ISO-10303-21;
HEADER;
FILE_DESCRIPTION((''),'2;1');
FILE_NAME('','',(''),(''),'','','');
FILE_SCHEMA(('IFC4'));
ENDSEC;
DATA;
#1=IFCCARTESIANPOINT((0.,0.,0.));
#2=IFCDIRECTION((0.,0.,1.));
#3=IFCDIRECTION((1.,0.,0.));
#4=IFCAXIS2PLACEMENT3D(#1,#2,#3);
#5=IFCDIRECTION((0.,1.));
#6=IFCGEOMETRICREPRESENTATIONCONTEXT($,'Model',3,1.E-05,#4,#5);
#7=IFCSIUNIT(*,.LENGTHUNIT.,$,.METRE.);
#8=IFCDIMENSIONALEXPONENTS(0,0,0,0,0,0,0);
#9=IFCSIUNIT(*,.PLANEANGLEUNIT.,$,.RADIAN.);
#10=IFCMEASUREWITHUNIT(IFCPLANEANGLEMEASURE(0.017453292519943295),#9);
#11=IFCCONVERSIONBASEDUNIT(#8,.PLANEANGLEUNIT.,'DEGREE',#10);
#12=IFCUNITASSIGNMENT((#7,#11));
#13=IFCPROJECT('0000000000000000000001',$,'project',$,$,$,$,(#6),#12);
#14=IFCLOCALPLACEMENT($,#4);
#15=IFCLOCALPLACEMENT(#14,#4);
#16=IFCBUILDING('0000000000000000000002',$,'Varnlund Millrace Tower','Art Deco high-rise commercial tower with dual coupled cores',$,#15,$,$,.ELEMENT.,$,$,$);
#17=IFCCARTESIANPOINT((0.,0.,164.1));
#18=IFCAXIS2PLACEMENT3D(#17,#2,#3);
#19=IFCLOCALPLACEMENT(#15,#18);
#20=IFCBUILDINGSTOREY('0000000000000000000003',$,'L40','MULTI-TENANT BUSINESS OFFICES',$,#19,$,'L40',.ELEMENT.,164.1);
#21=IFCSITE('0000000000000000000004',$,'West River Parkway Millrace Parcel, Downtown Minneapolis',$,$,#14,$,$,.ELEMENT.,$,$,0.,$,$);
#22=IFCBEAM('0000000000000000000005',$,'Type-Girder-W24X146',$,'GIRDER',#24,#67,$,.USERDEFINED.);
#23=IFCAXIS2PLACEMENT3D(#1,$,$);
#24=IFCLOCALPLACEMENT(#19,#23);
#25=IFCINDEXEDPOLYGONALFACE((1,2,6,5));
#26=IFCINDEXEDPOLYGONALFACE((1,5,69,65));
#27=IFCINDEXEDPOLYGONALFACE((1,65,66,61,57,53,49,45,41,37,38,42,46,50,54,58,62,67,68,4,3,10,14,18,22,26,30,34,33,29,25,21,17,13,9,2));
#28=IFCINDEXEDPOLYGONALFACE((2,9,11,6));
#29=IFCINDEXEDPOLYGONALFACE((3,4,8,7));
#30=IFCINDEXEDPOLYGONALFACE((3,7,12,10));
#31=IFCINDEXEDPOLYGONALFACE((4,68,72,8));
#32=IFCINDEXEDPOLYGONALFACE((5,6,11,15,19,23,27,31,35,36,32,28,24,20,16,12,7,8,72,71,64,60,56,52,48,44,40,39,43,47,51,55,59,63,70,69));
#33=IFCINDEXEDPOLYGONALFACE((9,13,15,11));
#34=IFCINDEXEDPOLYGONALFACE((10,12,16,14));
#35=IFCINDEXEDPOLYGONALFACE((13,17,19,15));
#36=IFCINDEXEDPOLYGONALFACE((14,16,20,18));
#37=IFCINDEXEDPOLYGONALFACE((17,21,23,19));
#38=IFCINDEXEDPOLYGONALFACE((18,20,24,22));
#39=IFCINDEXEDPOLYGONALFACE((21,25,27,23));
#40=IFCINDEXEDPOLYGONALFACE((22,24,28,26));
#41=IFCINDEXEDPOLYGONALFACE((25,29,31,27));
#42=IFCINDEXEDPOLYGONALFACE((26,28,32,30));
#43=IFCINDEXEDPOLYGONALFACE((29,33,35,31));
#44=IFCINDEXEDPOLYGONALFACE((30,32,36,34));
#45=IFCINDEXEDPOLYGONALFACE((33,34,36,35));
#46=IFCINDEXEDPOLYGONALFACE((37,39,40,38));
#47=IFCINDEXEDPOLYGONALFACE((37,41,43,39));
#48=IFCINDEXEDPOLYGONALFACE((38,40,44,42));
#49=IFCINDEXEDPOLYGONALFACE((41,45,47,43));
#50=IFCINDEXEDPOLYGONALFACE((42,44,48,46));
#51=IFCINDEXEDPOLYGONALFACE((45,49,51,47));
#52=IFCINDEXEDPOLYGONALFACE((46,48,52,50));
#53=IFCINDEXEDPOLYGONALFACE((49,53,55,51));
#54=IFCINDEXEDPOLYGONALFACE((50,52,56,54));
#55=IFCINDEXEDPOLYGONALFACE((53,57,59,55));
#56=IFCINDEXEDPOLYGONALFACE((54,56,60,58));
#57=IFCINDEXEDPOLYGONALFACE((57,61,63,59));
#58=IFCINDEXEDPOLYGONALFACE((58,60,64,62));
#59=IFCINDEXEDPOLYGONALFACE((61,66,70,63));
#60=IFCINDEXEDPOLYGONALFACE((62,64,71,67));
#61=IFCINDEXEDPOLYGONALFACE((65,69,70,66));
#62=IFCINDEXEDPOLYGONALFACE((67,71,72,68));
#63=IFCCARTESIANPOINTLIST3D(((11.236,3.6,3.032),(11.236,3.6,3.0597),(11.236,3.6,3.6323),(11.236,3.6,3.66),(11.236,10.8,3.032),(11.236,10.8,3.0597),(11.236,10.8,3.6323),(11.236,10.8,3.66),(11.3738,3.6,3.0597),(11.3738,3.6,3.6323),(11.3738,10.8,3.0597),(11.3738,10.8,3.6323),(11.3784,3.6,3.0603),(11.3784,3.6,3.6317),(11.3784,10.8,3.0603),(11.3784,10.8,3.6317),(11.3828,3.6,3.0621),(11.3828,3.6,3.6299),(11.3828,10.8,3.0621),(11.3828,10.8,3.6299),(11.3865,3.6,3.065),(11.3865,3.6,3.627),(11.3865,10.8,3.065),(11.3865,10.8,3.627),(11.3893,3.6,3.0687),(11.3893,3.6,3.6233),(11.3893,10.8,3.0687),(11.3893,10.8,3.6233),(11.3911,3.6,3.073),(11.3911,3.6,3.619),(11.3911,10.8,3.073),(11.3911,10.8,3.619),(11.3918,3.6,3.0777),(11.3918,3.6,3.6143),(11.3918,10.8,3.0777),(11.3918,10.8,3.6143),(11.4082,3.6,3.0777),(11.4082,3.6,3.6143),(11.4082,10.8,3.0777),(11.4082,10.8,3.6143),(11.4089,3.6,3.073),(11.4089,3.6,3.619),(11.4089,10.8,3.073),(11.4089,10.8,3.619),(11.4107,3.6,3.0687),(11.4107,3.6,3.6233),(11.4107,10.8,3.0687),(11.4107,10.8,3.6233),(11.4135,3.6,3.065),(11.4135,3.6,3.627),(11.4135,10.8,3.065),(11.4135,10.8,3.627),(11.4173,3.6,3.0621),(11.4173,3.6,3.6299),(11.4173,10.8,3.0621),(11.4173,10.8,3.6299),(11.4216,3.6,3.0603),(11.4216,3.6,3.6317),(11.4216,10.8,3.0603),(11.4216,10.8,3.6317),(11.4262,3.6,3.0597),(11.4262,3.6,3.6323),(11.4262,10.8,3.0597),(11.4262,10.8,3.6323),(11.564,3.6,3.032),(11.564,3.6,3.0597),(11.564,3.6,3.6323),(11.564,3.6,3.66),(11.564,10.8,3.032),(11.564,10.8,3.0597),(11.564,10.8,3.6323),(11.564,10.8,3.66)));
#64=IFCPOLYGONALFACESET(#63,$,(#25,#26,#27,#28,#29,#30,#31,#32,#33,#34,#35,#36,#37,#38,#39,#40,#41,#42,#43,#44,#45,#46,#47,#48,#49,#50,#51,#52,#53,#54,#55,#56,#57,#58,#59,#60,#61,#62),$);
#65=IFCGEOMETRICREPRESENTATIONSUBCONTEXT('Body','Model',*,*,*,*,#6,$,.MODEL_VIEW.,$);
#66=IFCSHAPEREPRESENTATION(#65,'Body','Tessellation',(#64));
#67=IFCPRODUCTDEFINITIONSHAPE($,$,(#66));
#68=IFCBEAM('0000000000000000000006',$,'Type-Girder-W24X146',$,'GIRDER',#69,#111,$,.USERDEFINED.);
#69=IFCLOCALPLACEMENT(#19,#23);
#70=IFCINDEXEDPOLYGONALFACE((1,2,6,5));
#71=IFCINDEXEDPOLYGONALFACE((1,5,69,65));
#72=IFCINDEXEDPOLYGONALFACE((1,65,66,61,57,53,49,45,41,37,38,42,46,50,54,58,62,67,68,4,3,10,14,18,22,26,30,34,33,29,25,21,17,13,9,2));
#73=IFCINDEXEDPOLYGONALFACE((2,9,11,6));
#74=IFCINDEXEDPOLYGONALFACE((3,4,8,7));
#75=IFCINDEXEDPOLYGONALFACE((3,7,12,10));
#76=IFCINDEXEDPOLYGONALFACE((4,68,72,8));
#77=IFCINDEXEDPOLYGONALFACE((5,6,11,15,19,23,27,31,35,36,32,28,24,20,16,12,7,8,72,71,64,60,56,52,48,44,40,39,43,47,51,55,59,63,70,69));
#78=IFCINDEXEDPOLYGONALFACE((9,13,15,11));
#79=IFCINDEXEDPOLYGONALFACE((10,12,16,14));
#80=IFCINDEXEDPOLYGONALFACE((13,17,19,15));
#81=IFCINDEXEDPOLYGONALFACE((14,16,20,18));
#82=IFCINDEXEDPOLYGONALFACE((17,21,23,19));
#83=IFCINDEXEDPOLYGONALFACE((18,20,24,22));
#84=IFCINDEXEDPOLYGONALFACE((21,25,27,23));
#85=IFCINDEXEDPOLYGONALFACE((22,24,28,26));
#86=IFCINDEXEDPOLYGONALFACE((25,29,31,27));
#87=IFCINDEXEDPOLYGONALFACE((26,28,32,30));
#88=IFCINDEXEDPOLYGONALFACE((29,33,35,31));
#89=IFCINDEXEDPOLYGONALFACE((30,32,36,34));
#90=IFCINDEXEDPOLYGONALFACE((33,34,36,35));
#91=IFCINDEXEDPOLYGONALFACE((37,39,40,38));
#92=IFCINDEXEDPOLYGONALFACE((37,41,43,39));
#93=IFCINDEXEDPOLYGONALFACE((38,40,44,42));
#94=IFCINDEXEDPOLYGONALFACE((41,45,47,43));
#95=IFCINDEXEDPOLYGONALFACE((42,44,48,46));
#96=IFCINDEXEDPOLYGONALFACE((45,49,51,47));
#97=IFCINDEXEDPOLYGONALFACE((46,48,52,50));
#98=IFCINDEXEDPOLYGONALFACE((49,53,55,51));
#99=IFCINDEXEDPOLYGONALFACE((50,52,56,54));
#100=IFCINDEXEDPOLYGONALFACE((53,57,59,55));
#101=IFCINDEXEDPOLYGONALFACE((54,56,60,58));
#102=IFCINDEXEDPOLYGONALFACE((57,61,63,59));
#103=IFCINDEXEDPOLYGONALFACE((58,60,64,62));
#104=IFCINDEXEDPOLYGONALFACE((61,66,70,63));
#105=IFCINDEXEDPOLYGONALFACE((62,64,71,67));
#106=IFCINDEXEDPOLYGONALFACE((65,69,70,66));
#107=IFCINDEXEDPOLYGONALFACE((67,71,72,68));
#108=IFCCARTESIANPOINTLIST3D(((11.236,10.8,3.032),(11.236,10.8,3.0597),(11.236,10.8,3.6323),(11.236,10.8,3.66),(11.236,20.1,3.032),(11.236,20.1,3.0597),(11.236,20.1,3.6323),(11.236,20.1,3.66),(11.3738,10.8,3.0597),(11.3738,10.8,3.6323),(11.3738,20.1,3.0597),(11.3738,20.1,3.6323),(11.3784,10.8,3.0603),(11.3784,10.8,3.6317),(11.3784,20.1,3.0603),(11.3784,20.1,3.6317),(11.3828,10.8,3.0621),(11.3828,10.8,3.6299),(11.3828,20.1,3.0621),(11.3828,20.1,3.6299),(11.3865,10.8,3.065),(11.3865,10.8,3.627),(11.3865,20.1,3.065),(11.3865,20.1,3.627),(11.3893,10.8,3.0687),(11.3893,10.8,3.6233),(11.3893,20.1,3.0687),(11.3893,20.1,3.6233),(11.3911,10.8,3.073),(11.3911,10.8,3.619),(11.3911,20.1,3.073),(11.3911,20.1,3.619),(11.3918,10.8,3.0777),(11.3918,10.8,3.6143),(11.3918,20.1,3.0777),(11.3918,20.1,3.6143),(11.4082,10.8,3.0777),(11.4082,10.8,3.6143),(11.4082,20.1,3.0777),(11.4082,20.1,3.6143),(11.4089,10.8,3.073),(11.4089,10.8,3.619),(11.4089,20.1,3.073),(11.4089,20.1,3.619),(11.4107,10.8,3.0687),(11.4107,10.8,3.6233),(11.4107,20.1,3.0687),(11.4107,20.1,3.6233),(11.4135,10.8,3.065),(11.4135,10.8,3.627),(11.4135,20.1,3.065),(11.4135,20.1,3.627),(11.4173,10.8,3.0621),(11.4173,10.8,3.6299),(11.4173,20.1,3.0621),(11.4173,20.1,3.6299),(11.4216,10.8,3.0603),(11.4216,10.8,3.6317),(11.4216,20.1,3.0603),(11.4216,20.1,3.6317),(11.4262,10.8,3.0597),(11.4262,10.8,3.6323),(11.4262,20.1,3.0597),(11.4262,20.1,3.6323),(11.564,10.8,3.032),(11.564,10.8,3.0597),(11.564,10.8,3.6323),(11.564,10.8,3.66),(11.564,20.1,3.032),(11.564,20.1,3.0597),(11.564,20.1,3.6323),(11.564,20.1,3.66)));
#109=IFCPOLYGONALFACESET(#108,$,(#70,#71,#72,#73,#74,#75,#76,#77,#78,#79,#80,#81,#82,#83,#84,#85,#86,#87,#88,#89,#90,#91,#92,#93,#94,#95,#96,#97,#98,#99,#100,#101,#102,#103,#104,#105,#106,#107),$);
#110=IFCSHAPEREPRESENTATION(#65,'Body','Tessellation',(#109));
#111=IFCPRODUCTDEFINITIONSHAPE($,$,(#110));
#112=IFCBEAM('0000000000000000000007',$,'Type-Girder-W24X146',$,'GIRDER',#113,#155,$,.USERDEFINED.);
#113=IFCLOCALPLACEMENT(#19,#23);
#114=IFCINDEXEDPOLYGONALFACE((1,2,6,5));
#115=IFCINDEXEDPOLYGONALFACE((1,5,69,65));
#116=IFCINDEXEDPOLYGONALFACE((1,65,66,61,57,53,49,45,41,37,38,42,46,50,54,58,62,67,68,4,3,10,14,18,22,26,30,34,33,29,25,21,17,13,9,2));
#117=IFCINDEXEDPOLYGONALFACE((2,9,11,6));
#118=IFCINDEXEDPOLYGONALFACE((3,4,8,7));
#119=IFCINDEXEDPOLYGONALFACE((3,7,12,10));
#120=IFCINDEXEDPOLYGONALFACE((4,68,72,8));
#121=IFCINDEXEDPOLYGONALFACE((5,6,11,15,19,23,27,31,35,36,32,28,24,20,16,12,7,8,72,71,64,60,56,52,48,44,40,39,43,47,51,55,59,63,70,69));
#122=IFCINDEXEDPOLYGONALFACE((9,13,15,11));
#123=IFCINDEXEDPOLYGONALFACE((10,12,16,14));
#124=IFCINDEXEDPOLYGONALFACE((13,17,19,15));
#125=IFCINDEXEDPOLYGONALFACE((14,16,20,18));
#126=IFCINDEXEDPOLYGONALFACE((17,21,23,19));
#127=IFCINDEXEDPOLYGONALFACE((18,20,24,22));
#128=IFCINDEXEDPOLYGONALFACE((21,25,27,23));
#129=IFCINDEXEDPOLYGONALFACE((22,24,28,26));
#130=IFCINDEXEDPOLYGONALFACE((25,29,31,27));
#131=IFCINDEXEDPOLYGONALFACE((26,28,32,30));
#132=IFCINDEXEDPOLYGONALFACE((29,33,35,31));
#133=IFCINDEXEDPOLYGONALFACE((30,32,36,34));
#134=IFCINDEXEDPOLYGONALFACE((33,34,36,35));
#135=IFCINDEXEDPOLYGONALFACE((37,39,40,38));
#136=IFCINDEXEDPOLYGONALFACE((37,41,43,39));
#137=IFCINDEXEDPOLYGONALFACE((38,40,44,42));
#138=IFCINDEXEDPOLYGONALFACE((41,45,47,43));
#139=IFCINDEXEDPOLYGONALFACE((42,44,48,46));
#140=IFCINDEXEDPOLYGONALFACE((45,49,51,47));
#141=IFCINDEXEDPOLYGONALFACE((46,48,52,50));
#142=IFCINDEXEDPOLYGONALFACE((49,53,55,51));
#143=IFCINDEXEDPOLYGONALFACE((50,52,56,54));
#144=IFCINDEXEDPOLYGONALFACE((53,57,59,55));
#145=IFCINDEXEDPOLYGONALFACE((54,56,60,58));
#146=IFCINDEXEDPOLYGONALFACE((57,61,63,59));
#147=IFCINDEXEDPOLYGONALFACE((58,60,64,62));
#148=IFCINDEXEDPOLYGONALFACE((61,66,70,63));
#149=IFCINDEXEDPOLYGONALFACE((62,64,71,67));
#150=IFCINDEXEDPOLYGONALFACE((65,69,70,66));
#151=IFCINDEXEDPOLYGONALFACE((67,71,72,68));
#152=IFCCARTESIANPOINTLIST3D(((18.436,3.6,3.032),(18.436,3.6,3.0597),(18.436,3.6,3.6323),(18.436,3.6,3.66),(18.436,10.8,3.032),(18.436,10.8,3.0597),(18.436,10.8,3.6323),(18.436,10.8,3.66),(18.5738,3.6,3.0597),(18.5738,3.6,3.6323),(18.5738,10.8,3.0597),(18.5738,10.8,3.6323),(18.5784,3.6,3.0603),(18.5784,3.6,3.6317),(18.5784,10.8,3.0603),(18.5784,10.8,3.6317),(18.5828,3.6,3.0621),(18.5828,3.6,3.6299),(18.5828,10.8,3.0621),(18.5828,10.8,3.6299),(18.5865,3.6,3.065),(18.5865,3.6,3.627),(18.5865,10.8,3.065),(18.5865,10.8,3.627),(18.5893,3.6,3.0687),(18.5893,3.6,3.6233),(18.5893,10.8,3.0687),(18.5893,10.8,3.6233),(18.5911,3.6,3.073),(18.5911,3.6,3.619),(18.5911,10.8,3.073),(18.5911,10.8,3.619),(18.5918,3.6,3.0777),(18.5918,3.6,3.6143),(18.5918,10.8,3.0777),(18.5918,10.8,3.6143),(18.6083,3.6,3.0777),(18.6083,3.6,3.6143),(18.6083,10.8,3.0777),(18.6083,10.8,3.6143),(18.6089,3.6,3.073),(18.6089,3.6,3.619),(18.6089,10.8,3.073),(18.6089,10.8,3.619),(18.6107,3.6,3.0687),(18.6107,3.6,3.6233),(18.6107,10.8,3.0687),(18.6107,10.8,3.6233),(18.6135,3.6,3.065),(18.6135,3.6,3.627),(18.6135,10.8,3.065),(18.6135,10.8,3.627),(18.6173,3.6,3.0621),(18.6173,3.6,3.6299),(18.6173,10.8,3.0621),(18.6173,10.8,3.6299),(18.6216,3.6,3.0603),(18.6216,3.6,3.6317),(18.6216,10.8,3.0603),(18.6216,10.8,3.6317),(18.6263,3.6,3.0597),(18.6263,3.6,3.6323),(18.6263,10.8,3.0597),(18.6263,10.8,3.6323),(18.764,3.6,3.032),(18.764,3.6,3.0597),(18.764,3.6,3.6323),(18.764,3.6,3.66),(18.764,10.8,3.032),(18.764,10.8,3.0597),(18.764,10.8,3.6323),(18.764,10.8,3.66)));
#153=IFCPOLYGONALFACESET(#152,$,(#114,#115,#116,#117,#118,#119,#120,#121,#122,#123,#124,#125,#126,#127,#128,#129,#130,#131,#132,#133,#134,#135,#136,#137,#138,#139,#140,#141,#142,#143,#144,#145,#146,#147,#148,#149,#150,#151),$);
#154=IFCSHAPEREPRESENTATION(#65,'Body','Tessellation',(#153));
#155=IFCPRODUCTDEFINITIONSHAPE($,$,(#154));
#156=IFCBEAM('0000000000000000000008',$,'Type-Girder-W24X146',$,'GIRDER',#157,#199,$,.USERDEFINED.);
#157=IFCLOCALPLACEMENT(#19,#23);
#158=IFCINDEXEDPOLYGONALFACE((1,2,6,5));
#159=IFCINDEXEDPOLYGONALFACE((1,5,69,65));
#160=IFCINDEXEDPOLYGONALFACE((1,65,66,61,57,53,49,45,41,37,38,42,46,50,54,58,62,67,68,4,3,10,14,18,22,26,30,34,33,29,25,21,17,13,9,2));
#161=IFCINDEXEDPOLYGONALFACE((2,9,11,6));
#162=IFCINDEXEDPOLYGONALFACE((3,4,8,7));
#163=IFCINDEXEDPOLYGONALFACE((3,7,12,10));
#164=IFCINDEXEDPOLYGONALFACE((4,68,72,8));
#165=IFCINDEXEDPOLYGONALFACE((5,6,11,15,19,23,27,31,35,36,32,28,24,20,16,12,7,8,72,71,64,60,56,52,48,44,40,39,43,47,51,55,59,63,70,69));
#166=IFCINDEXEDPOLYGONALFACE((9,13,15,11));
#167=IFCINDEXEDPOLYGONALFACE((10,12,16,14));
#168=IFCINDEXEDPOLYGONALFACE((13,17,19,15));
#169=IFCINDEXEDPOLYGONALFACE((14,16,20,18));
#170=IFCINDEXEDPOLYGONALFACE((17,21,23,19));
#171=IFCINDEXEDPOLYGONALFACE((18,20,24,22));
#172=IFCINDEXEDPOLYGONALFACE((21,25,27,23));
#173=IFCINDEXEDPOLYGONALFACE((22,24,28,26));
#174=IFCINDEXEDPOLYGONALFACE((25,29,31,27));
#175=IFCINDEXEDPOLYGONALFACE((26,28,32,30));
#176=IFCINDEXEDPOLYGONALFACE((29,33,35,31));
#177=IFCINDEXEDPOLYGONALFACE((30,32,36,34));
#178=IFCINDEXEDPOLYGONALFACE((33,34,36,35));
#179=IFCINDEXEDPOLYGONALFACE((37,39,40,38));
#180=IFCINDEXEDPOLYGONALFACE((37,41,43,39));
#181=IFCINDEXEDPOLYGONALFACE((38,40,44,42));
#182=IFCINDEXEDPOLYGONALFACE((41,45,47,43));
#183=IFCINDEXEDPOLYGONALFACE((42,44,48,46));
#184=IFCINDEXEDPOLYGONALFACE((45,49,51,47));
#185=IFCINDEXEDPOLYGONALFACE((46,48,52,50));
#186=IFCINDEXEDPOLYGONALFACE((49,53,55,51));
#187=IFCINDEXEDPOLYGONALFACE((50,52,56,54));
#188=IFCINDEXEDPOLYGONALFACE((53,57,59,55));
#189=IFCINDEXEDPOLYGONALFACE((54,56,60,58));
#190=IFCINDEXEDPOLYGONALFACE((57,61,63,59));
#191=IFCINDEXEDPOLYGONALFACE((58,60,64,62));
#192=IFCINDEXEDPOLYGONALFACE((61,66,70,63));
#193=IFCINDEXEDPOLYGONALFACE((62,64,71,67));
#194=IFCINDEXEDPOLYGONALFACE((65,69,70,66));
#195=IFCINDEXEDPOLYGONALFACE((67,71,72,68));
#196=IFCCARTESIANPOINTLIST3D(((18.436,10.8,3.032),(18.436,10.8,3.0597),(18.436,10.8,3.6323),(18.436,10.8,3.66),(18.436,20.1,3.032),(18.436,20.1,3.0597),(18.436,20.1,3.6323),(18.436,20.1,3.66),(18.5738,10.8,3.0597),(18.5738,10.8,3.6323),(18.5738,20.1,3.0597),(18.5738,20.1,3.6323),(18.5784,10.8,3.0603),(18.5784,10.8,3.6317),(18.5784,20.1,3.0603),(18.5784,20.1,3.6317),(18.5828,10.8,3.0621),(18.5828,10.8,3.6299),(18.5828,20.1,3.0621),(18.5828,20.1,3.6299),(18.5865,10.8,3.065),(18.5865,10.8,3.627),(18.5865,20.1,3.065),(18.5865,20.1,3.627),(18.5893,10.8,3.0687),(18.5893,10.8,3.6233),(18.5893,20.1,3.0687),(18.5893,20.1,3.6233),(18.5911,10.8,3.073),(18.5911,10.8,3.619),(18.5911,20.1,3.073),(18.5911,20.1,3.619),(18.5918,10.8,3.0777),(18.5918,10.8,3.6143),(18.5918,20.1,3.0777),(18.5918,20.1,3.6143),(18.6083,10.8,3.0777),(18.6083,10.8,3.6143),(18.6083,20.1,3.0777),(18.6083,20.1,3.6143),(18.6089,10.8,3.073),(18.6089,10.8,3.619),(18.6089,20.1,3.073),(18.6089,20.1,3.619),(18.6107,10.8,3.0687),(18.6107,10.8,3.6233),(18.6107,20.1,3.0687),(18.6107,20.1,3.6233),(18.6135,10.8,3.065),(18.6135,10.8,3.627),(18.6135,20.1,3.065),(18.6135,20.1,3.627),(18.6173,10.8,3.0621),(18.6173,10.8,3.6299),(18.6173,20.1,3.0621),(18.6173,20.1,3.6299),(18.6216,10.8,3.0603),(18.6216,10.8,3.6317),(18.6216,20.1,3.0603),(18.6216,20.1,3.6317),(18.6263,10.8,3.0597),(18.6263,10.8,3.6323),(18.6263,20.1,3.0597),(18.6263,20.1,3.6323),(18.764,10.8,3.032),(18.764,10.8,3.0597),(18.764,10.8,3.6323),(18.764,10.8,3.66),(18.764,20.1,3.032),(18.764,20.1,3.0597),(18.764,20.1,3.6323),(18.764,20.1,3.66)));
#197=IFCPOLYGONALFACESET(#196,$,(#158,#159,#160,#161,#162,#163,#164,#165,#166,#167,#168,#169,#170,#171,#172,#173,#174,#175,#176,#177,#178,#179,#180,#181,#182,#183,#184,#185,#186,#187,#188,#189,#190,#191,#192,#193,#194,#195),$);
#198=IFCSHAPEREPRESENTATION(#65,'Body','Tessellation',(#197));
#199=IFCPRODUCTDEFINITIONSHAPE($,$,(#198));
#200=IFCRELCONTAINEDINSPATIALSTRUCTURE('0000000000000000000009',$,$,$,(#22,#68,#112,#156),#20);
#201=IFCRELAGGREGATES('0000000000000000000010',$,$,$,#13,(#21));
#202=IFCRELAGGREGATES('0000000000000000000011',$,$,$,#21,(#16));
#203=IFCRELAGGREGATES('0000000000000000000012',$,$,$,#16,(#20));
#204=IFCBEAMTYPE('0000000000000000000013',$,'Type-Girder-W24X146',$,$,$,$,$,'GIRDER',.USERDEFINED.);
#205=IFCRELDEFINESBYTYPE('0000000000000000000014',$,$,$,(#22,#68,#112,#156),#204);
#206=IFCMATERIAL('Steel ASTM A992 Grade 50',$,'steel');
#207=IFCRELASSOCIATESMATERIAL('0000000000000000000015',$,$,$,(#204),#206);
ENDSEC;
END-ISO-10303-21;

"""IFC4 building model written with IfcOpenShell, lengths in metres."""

from ifc_helpers import new_model, entity, si_unit, converted_unit, direction, frame, origin_with_axes, origin_2d_with_axis, place, context, subcontext, project, spatial, i_section, extrude, material, material_profile, profile_set, type_object, element, save


model = new_model("IFC4")

# Units and contexts
model_context = context("Model", 3, precision=1e-05, world=origin_with_axes(), true_north=direction((0.0, 1.0)))
body_context = subcontext(model_context, "Body", "Model", "MODEL_VIEW")
ifc_project = project(units=[si_unit("LENGTHUNIT", "METRE"), converted_unit("PLANEANGLEUNIT", "DEGREE", entity("IfcPlaneAngleMeasure", 0.017453292519943295), si_unit("PLANEANGLEUNIT", "RADIAN"), dimensions=[0, 0, 0, 0, 0, 0, 0])], contexts=[model_context])

# Site, building, storey
site_placement = place(None, origin_with_axes())
site = spatial("IfcSite", under=ifc_project, at=site_placement, Name="West River Parkway Millrace Parcel, Downtown Minneapolis", CompositionType="ELEMENT", RefElevation=0.0)
building_placement = place(site_placement, origin_with_axes())
building = spatial("IfcBuilding", under=site, at=building_placement, Name="Varnlund Millrace Tower", Description="Art Deco high-rise commercial tower with dual coupled cores", CompositionType="ELEMENT")
storey_placement = place(building_placement, frame((0.0, 0.0, 164.1), z_axis=(0.0, 0.0, 1.0), x_axis=(1.0, 0.0, 0.0)))
storey = spatial("IfcBuildingStorey", under=building, at=storey_placement, Name="L40", Description="MULTI-TENANT BUSINESS OFFICES", LongName="L40", CompositionType="ELEMENT", Elevation=164.1)

# Beams
ifc_material_1 = material(Name="Steel ASTM A992 Grade 50", Category="steel")
ifc_material_profile_1 = material_profile(ifc_material_1, i_section(OverallWidth=0.328, OverallDepth=0.628, WebThickness=0.0165, FlangeThickness=0.0277, FilletRadius=0.018, at=origin_2d_with_axis()), Name="Steel ASTM A992 Grade 50")
ifc_profile_set_1 = profile_set([ifc_material_profile_1], Name="Steel ASTM A992 Grade 50")
beam_type_1 = type_object("IfcBeamType", Name="Type-Girder-W24X146", ElementType="GIRDER", PredefinedType="USERDEFINED", material=ifc_profile_set_1)
beam_1_placement = place(storey_placement, frame((11.4, 3.6, 3.346), z_axis=(0.0, 1.0, 0.0), x_axis=(-1.0, 0.0, 0.0)))
element("IfcBeam", 1, at=beam_1_placement, inside=storey, type_object=beam_type_1, Name="Type-Girder-W24X146", ObjectType="GIRDER", PredefinedType="USERDEFINED", context=body_context, shape_type="SweptSolid", body=[
    extrude(i_section(OverallWidth=0.328, OverallDepth=0.628, WebThickness=0.0165, FlangeThickness=0.0277, FilletRadius=0.018, at=origin_2d_with_axis()), origin_with_axes(), (0.0, 0.0, 1.0), 7.2),
])
beam_2_placement = place(storey_placement, frame((11.4, 10.8, 3.346), z_axis=(0.0, 1.0, 0.0), x_axis=(-1.0, 0.0, 0.0)))
element("IfcBeam", 2, at=beam_2_placement, inside=storey, type_object=beam_type_1, Name="Type-Girder-W24X146", ObjectType="GIRDER", PredefinedType="USERDEFINED", context=body_context, shape_type="SweptSolid", body=[
    extrude(i_section(OverallWidth=0.328, OverallDepth=0.628, WebThickness=0.0165, FlangeThickness=0.0277, FilletRadius=0.018, at=origin_2d_with_axis()), origin_with_axes(), (0.0, 0.0, 1.0), 9.3),
])
beam_3_placement = place(storey_placement, frame((18.6, 3.6, 3.346), z_axis=(0.0, 1.0, 0.0), x_axis=(-1.0, 0.0, 0.0)))
element("IfcBeam", 3, at=beam_3_placement, inside=storey, type_object=beam_type_1, Name="Type-Girder-W24X146", ObjectType="GIRDER", PredefinedType="USERDEFINED", context=body_context, shape_type="SweptSolid", body=[
    extrude(i_section(OverallWidth=0.328, OverallDepth=0.628, WebThickness=0.0165, FlangeThickness=0.0277, FilletRadius=0.018, at=origin_2d_with_axis()), origin_with_axes(), (0.0, 0.0, 1.0), 7.2),
])
beam_4_placement = place(storey_placement, frame((18.6, 10.8, 3.346), z_axis=(0.0, 1.0, 0.0), x_axis=(-1.0, 0.0, 0.0)))
element("IfcBeam", 4, at=beam_4_placement, inside=storey, type_object=beam_type_1, Name="Type-Girder-W24X146", ObjectType="GIRDER", PredefinedType="USERDEFINED", context=body_context, shape_type="SweptSolid", body=[
    extrude(i_section(OverallWidth=0.328, OverallDepth=0.628, WebThickness=0.0165, FlangeThickness=0.0277, FilletRadius=0.018, at=origin_2d_with_axis()), origin_with_axes(), (0.0, 0.0, 1.0), 9.3),
])

save(model, "model.ifc")
